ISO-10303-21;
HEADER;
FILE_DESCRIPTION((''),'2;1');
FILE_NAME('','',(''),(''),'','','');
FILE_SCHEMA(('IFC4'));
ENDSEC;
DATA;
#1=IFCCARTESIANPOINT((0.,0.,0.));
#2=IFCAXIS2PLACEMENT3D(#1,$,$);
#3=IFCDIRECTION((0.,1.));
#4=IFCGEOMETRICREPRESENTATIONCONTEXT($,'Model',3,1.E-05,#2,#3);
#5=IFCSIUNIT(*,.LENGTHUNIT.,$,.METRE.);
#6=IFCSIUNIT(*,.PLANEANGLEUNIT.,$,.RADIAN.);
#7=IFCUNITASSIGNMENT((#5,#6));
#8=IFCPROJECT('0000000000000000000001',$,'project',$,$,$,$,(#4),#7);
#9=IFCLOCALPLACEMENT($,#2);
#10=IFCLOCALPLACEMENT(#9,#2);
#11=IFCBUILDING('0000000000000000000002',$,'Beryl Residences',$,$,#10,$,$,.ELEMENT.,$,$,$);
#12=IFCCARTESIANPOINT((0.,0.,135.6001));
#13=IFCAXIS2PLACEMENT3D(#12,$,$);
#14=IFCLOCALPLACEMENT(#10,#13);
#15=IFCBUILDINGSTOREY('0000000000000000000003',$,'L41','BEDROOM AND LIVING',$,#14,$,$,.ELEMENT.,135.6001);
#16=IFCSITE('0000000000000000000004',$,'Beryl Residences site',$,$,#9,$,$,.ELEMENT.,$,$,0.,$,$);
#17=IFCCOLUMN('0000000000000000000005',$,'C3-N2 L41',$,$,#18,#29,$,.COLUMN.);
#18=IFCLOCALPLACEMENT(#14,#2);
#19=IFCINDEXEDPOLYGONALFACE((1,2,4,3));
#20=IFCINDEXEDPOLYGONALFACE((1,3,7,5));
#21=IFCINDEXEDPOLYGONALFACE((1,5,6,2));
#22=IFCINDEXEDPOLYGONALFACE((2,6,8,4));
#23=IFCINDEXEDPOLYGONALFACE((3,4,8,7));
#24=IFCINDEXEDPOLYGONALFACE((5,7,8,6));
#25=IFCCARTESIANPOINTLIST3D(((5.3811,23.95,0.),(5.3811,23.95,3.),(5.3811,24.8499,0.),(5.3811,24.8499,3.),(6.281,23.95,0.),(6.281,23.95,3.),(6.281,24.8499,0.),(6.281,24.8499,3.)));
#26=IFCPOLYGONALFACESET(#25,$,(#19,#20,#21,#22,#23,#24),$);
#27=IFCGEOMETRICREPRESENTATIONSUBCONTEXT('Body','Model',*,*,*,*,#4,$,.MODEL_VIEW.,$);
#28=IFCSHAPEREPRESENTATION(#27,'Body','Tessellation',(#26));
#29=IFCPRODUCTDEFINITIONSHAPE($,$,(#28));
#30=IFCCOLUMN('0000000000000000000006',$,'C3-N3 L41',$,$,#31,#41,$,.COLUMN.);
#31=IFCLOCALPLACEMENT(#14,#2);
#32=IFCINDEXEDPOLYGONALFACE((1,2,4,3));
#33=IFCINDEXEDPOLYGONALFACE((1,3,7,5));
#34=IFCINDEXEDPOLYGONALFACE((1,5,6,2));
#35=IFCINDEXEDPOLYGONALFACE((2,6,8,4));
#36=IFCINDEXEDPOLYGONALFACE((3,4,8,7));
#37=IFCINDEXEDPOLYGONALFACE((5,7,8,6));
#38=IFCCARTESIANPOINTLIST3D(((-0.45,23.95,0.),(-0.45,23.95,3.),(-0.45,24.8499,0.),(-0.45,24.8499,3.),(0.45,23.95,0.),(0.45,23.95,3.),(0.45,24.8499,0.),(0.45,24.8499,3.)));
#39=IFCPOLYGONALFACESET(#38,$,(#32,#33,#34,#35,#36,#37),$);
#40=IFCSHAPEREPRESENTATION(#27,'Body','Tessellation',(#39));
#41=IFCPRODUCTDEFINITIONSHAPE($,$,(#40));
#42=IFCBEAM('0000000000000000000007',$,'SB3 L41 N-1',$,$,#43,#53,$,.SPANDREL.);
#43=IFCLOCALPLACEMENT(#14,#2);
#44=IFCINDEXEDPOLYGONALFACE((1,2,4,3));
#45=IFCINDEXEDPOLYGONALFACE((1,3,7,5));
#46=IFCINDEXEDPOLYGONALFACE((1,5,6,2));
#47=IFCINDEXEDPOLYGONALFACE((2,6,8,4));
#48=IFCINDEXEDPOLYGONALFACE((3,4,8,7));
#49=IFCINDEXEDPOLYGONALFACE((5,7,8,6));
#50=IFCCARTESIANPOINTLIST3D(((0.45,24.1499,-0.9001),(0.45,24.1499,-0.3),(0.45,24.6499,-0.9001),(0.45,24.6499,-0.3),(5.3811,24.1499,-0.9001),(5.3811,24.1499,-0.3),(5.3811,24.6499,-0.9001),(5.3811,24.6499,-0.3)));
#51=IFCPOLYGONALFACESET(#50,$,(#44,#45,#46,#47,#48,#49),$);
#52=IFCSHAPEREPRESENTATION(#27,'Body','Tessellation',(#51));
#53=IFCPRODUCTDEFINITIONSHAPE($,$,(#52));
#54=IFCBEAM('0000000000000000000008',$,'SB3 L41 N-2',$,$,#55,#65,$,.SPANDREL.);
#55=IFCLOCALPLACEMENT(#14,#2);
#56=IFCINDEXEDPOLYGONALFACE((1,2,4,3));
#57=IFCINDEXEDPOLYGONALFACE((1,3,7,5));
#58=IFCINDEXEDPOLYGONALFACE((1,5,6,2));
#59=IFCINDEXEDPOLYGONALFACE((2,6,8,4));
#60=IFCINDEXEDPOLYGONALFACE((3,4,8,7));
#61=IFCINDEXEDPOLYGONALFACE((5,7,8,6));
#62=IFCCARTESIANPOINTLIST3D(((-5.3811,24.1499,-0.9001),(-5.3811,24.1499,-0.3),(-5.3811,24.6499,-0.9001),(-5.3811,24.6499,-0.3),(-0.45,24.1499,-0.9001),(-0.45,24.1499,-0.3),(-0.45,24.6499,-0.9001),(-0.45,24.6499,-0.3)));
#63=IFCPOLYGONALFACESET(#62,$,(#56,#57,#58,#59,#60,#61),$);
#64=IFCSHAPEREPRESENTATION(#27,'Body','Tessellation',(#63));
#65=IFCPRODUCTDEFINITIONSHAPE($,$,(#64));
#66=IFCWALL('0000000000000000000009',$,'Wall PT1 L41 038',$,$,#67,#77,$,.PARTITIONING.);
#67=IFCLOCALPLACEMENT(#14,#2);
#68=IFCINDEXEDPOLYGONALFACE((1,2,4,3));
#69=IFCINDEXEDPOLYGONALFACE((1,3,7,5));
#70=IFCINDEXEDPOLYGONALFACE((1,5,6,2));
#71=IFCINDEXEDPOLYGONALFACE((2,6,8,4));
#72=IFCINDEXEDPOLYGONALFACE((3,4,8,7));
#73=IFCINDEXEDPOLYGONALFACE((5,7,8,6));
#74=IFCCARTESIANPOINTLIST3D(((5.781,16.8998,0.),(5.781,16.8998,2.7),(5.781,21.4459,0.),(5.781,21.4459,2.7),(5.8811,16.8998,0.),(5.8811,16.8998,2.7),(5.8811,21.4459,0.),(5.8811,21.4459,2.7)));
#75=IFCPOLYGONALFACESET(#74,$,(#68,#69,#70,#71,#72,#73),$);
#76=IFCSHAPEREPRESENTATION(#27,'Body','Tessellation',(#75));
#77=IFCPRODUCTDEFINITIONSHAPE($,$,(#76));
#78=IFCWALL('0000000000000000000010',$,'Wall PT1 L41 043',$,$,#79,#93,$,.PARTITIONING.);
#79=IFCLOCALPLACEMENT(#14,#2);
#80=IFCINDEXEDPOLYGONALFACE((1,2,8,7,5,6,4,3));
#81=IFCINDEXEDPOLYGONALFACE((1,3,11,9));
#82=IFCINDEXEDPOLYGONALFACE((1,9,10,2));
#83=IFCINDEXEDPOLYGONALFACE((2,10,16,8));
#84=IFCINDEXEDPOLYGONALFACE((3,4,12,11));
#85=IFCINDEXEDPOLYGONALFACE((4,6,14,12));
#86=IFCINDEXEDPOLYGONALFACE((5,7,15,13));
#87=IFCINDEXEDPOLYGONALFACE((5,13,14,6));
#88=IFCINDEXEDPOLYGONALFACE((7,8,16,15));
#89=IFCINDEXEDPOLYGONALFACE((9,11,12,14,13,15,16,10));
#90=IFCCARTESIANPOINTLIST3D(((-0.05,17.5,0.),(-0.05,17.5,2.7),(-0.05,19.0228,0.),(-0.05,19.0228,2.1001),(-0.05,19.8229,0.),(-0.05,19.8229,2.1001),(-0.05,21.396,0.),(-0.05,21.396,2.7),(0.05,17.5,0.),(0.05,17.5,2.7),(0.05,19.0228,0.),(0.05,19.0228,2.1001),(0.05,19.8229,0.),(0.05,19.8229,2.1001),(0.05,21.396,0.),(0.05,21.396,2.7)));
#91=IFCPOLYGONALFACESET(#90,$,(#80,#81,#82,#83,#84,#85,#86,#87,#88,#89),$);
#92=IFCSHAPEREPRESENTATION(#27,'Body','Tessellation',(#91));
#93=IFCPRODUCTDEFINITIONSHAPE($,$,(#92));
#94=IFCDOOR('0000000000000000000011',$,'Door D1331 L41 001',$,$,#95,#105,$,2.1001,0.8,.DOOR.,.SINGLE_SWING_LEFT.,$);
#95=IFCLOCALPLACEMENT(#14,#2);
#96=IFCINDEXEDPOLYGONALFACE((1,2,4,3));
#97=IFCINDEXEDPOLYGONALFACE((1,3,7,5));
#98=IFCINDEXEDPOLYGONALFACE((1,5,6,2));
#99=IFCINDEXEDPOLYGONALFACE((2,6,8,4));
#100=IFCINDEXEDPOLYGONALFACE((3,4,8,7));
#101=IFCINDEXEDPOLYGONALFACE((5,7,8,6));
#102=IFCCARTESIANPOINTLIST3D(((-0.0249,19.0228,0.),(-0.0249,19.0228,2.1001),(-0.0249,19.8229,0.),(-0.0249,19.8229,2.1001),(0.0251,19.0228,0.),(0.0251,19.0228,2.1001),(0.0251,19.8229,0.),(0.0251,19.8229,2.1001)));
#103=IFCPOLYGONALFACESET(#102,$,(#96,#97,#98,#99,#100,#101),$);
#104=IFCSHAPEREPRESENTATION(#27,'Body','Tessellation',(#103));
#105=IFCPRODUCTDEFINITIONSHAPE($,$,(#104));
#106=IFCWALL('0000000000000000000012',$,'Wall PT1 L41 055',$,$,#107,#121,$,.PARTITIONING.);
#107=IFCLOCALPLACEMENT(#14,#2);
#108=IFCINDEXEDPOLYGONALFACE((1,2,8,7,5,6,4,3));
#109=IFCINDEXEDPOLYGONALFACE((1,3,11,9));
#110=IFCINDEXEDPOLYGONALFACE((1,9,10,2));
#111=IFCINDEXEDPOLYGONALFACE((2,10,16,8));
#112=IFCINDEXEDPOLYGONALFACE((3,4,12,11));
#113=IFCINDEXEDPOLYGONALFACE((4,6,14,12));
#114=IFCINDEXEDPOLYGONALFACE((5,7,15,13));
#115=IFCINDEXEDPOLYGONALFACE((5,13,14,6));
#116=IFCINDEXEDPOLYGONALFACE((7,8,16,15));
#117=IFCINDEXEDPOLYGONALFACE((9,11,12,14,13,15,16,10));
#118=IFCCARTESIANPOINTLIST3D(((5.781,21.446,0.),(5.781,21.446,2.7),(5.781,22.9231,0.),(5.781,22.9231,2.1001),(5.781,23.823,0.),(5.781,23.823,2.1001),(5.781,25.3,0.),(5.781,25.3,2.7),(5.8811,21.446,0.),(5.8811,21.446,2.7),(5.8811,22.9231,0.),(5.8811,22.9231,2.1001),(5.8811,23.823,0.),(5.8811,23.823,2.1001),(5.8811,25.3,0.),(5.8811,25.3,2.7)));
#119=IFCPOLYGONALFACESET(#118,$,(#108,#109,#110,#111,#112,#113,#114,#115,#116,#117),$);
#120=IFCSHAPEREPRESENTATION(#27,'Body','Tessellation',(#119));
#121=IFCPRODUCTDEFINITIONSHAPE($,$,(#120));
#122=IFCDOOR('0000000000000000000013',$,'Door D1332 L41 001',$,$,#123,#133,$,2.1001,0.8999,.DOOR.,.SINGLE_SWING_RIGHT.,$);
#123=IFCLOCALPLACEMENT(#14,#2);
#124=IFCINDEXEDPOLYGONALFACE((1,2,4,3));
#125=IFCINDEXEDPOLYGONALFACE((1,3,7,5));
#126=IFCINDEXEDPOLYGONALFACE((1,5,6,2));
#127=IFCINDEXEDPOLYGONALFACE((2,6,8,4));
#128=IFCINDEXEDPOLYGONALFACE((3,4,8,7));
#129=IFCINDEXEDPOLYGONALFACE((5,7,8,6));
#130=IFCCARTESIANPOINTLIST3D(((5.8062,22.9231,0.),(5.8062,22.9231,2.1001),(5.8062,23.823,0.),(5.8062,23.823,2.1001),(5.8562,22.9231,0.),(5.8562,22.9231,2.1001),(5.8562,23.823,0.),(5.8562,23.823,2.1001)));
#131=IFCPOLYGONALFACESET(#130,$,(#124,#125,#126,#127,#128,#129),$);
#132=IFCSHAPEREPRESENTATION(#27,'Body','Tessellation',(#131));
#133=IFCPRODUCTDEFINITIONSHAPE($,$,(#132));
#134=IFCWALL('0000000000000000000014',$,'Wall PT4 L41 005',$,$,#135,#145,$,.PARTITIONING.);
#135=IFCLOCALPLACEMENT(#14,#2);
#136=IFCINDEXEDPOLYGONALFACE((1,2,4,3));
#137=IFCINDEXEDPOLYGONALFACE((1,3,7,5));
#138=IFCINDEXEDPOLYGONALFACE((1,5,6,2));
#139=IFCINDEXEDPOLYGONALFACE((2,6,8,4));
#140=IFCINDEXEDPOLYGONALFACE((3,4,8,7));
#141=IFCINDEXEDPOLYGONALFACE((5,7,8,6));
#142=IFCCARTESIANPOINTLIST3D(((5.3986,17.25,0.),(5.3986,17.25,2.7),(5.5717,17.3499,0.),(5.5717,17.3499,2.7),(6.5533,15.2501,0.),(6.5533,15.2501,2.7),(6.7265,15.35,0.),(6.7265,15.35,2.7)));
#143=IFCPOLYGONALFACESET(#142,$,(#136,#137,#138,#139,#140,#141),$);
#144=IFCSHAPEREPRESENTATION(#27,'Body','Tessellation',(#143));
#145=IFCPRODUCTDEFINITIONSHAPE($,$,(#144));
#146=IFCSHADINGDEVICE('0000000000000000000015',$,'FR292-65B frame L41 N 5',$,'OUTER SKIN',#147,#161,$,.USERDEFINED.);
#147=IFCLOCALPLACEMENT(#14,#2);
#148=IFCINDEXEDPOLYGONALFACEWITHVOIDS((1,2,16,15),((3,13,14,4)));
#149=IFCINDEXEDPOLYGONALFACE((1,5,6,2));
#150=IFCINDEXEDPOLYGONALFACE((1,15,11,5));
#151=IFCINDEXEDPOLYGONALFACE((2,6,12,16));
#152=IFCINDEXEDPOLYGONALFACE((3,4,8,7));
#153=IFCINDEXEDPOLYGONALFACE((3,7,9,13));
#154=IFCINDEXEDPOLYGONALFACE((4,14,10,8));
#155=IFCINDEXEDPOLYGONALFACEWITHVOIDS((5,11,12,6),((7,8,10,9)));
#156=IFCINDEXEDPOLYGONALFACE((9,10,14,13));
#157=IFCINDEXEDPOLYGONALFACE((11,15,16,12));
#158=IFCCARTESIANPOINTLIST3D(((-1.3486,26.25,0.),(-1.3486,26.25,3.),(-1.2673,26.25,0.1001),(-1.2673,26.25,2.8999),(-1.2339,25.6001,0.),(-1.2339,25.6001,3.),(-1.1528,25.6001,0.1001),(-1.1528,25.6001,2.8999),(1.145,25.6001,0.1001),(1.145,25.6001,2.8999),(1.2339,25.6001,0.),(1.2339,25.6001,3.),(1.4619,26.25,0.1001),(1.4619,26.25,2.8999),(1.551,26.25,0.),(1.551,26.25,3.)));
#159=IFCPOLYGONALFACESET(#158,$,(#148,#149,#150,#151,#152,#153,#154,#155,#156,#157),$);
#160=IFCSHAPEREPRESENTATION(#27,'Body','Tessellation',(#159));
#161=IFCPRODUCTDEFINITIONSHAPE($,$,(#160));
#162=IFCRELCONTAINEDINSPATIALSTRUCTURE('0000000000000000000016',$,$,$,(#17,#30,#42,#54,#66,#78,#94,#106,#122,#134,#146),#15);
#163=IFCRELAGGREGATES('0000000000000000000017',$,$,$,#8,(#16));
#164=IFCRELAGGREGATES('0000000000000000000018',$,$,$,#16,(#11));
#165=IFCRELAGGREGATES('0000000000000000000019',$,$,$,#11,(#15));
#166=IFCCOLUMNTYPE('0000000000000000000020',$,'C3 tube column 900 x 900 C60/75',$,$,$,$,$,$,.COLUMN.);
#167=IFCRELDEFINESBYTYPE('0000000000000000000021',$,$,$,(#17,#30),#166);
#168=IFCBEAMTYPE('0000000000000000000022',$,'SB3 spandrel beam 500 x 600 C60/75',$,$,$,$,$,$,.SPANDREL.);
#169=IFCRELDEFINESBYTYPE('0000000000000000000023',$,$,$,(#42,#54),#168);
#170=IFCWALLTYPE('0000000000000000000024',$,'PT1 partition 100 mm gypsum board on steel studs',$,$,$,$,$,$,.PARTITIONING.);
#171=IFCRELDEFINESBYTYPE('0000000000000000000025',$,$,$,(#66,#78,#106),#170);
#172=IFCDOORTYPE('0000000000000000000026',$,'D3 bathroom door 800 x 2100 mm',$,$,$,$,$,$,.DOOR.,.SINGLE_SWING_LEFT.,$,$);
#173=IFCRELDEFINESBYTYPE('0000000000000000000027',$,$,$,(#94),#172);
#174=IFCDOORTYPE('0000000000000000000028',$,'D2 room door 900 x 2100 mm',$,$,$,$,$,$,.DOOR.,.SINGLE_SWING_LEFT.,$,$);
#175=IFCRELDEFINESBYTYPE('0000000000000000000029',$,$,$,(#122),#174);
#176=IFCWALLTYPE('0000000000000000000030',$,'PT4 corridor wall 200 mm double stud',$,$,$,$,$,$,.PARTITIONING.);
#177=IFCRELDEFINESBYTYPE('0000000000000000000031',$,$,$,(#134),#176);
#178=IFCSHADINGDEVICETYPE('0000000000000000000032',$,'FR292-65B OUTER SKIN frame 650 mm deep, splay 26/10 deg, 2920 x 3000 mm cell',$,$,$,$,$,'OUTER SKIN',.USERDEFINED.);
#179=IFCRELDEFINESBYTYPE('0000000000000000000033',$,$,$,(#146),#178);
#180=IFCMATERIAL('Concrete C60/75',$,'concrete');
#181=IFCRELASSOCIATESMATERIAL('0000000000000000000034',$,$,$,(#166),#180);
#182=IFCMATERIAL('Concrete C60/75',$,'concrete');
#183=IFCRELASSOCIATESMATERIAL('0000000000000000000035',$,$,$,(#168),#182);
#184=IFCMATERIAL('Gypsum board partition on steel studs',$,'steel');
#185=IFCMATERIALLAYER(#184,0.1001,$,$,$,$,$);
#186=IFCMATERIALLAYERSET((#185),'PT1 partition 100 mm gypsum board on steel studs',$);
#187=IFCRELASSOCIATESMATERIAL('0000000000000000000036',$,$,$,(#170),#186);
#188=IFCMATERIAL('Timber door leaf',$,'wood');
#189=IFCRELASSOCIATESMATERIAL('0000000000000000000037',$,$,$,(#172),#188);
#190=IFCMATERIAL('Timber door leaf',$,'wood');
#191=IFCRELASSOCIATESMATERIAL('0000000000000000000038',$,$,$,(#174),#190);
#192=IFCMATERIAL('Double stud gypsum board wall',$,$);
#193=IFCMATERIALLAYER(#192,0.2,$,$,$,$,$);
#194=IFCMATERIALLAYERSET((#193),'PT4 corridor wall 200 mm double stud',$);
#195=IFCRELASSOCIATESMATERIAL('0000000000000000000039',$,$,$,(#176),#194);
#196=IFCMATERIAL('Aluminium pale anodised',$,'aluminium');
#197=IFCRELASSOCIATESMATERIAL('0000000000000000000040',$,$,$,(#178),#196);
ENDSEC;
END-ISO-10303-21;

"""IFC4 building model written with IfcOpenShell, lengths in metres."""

from ifc_helpers import new_model, entity, si_unit, direction, frame, frame_2d, origin, origin_2d, place, context, subcontext, project, spatial, rectangle, extrude, source, transform, mapped, material, layer, layer_set, material_profile, profile_set, type_object, type_shapes, element, fill, save


model = new_model("IFC4")

# Units and contexts
model_context = context("Model", 3, precision=1e-05, world=origin(), true_north=direction((0.0, 1.0)))
body_context = subcontext(model_context, "Body", "Model", "MODEL_VIEW")
ifc_project = project(units=[si_unit("LENGTHUNIT", "METRE"), si_unit("PLANEANGLEUNIT", "RADIAN")], contexts=[model_context])

# Site, building, storey
site_placement = place(None, origin())
site = spatial("IfcSite", under=ifc_project, at=site_placement, Name="Beryl Residences site", CompositionType="ELEMENT", RefElevation=0.0)
building_placement = place(site_placement, origin())
building = spatial("IfcBuilding", under=site, at=building_placement, Name="Beryl Residences", CompositionType="ELEMENT")
storey_placement = place(building_placement, frame((0.0, 0.0, 135.6001)))
storey = spatial("IfcBuildingStorey", under=building, at=storey_placement, Name="L41", Description="BEDROOM AND LIVING", CompositionType="ELEMENT", Elevation=135.6001)

# Columns
ifc_material_1 = material(Name="Concrete C60/75", Category="concrete")
ifc_material_profile_1 = material_profile(ifc_material_1, rectangle(XDim=0.8999, YDim=0.8999, at=origin_2d()))
ifc_profile_set_1 = profile_set([ifc_material_profile_1], Name="Concrete C60/75")
column_type = type_object("IfcColumnType", Name="C3 tube column 900 x 900 C60/75", PredefinedType="COLUMN", material=ifc_profile_set_1)
for number, where, z_axis, x_axis, name in (
    (1, (5.8311, 24.3999, 0.0), (0.0, 0.0, 1.0), (-1.0, 0.0, 0.0), "C3-N2 L41"),
    (2, (0.0, 24.3999, 0.0), (0.0, 0.0, 1.0), (-1.0, 0.0, 0.0), "C3-N3 L41"),
):
    element("IfcColumn", number, at=place(storey_placement, frame(where, z_axis=z_axis, x_axis=x_axis)), inside=storey, type_object=column_type, Name=name, PredefinedType="COLUMN", context=body_context, shape_type="SweptSolid", body=[
        extrude(rectangle(XDim=0.8999, YDim=0.8999, at=origin_2d()), origin(), (0.0, 0.0, 1.0), 3.0),
    ])

# Beams
ifc_material_2 = material(Name="Concrete C60/75", Category="concrete")
ifc_material_profile_2 = material_profile(ifc_material_2, rectangle(XDim=0.5, YDim=0.6001, at=origin_2d()))
ifc_profile_set_2 = profile_set([ifc_material_profile_2], Name="Concrete C60/75")
beam_type = type_object("IfcBeamType", Name="SB3 spandrel beam 500 x 600 C60/75", PredefinedType="SPANDREL", material=ifc_profile_set_2)
for number, where, z_axis, x_axis, name in (
    (3, (5.3811, 24.3999, -0.6001), (-1.0, 0.0, 0.0), (0.0, -1.0, 0.0), "SB3 L41 N-1"),
    (4, (-0.45, 24.3999, -0.6001), (-1.0, 0.0, 0.0), (0.0, -1.0, 0.0), "SB3 L41 N-2"),
):
    element("IfcBeam", number, at=place(storey_placement, frame(where, z_axis=z_axis, x_axis=x_axis)), inside=storey, type_object=beam_type, Name=name, PredefinedType="SPANDREL", context=body_context, shape_type="SweptSolid", body=[
        extrude(rectangle(XDim=0.5, YDim=0.6001, at=origin_2d()), origin(), (0.0, 0.0, 1.0), 4.9312),
    ])

# Wall
ifc_material_3 = material(Name="Gypsum board partition on steel studs", Category="steel")
ifc_layer_1 = layer(ifc_material_3, 0.1001)
ifc_layer_set_1 = layer_set([ifc_layer_1], Name="PT1 partition 100 mm gypsum board on steel studs")
wall_type_1 = type_object("IfcWallType", Name="PT1 partition 100 mm gypsum board on steel studs", PredefinedType="PARTITIONING", material=ifc_layer_set_1)
wall_1_placement = place(storey_placement, frame((5.8311, 16.8999, 0.0), z_axis=(0.0, 0.0, 1.0), x_axis=(0.0, 1.0, 0.0)))
element("IfcWall", 5, at=wall_1_placement, inside=storey, type_object=wall_type_1, Name="Wall PT1 L41 038", PredefinedType="PARTITIONING", context=body_context, shape_type="SweptSolid", body=[
    extrude(rectangle(XDim=4.5461, YDim=0.1001, at=frame_2d((2.2729, 0.0))), origin(), (0.0, 0.0, 1.0), 2.7),
])

# Walls, openings, doors
wall_2_placement = place(storey_placement, frame((0.0, 17.5, 0.0), z_axis=(0.0, 0.0, 1.0), x_axis=(0.0, 1.0, 0.0)))
wall_2 = element("IfcWall", 6, at=wall_2_placement, inside=storey, type_object=wall_type_1, Name="Wall PT1 L41 043", PredefinedType="PARTITIONING", context=body_context, shape_type="SweptSolid", body=[
    extrude(rectangle(XDim=3.896, YDim=0.1001, at=frame_2d((1.948, 0.0))), origin(), (0.0, 0.0, 1.0), 2.7),
])
opening_1_placement = place(wall_2_placement, frame((1.5229, 0.0, 0.0)))
opening_1 = element("IfcOpeningElement", 7, at=opening_1_placement, cuts=wall_2, PredefinedType="OPENING", context=body_context, shape_type="SweptSolid", body=[
    extrude(rectangle(XDim=0.8, YDim=2.1001, at=frame_2d((0.3999, 1.05))), frame((0.0, 0.0601, 0.0), z_axis=(0.0, -1.0, 0.0), x_axis=(1.0, 0.0, 0.0)), (0.0, 0.0, 1.0), 0.1201),
])
ifc_material_4 = material(Name="Timber door leaf", Category="wood")
door_type_1 = type_object("IfcDoorType", Name="D3 bathroom door 800 x 2100 mm", OperationType="SINGLE_SWING_LEFT", PredefinedType="DOOR", material=ifc_material_4)
door_1_placement = place(opening_1_placement, origin())
door_1 = element("IfcDoor", 8, at=door_1_placement, inside=storey, type_object=door_type_1, Name="Door D1331 L41 001", OperationType="SINGLE_SWING_LEFT", OverallHeight=2.1001, OverallWidth=0.8, PredefinedType="DOOR", context=body_context, shape_type="SweptSolid", body=[
    extrude(rectangle(XDim=0.8, YDim=2.1001, at=frame_2d((0.3999, 1.05))), frame((0.0, 0.0249, 0.0), z_axis=(0.0, -1.0, 0.0), x_axis=(1.0, 0.0, 0.0)), (0.0, 0.0, 1.0), 0.05),
])
fill(opening_1, door_1)
wall_3_placement = place(storey_placement, frame((5.8311, 21.446, 0.0), z_axis=(0.0, 0.0, 1.0), x_axis=(0.0, 1.0, 0.0)))
wall_3 = element("IfcWall", 9, at=wall_3_placement, inside=storey, type_object=wall_type_1, Name="Wall PT1 L41 055", PredefinedType="PARTITIONING", context=body_context, shape_type="SweptSolid", body=[
    extrude(rectangle(XDim=3.854, YDim=0.1001, at=frame_2d((1.927, 0.0))), origin(), (0.0, 0.0, 1.0), 2.7),
])
opening_2_placement = place(wall_3_placement, frame((1.4771, 0.0, 0.0)))
opening_2 = element("IfcOpeningElement", 10, at=opening_2_placement, cuts=wall_3, PredefinedType="OPENING", context=body_context, shape_type="SweptSolid", body=[
    extrude(rectangle(XDim=0.8999, YDim=2.1001, at=frame_2d((0.45, 1.05))), frame((0.0, 0.0601, 0.0), z_axis=(0.0, -1.0, 0.0), x_axis=(1.0, 0.0, 0.0)), (0.0, 0.0, 1.0), 0.1201),
])
ifc_material_5 = material(Name="Timber door leaf", Category="wood")
door_type_2 = type_object("IfcDoorType", Name="D2 room door 900 x 2100 mm", OperationType="SINGLE_SWING_LEFT", PredefinedType="DOOR", material=ifc_material_5)
door_2_placement = place(opening_2_placement, origin())
door_2 = element("IfcDoor", 11, at=door_2_placement, inside=storey, type_object=door_type_2, Name="Door D1332 L41 001", OperationType="SINGLE_SWING_RIGHT", OverallHeight=2.1001, OverallWidth=0.8999, PredefinedType="DOOR", context=body_context, shape_type="SweptSolid", body=[
    extrude(rectangle(XDim=0.8999, YDim=2.1001, at=frame_2d((0.45, 1.05))), frame((0.0, 0.0249, 0.0), z_axis=(0.0, -1.0, 0.0), x_axis=(1.0, 0.0, 0.0)), (0.0, 0.0, 1.0), 0.05),
])
fill(opening_2, door_2)

# Wall
ifc_material_6 = material(Name="Double stud gypsum board wall")
ifc_layer_2 = layer(ifc_material_6, 0.2)
ifc_layer_set_2 = layer_set([ifc_layer_2], Name="PT4 corridor wall 200 mm double stud")
wall_type_2 = type_object("IfcWallType", Name="PT4 corridor wall 200 mm double stud", PredefinedType="PARTITIONING", material=ifc_layer_set_2)
wall_4_placement = place(storey_placement, frame((5.4851, 17.3, 0.0), z_axis=(0.0, 0.0, 1.0), x_axis=(0.500027, -0.86601, 0.0)))
element("IfcWall", 12, at=wall_4_placement, inside=storey, type_object=wall_type_2, Name="Wall PT4 L41 005", PredefinedType="PARTITIONING", context=body_context, shape_type="SweptSolid", body=[
    extrude(rectangle(XDim=2.3093, YDim=0.2, at=frame_2d((1.1548, 0.0))), origin(), (0.0, 0.0, 1.0), 2.7),
])

# Shading device
ifc_material_7 = material(Name="Aluminium pale anodised", Category="aluminium")
shading_device_type = type_object("IfcShadingDeviceType", Name="FR292-65B OUTER SKIN frame 650 mm deep, splay 26/10 deg, 2920 x 3000 mm cell", ElementType="OUTER SKIN", PredefinedType="USERDEFINED", material=ifc_material_7)
cartesian_point_1 = entity("IfcCartesianPoint", [-1.2339, 0.0])
cartesian_point_2 = entity("IfcCartesianPoint", [-1.145, 0.1001])
cartesian_point_3 = entity("IfcCartesianPoint", [-1.551, 0.0])
cartesian_point_4 = entity("IfcCartesianPoint", [-1.4619, 0.1001])
shared_shape = source(origin(), body_context, "Body", "SweptSolid", [
    entity("IfcExtrudedAreaSolidTapered", entity("IfcArbitraryProfileDefWithVoids", "AREA", None, entity("IfcPolyline", [cartesian_point_1, entity("IfcCartesianPoint", [1.2339, 0.0]), entity("IfcCartesianPoint", [1.2339, 3.0]), entity("IfcCartesianPoint", [-1.2339, 3.0]), cartesian_point_1]), [entity("IfcPolyline", [cartesian_point_2, entity("IfcCartesianPoint", [1.1528, 0.1001]), entity("IfcCartesianPoint", [1.1528, 2.8999]), entity("IfcCartesianPoint", [-1.145, 2.8999]), cartesian_point_2])]), entity("IfcAxis2Placement3D", entity("IfcCartesianPoint", [0.0, 0.0, 0.0]), entity("IfcDirection", [0.0, 1.0, 0.0]), entity("IfcDirection", [-1.0, 0.0, 0.0])), entity("IfcDirection", [0.0, 0.0, 1.0]), 0.6499, entity("IfcArbitraryProfileDefWithVoids", "AREA", None, entity("IfcPolyline", [cartesian_point_3, entity("IfcCartesianPoint", [1.3486, 0.0]), entity("IfcCartesianPoint", [1.3486, 3.0]), entity("IfcCartesianPoint", [-1.551, 3.0]), cartesian_point_3]), [entity("IfcPolyline", [cartesian_point_4, entity("IfcCartesianPoint", [1.2673, 0.1001]), entity("IfcCartesianPoint", [1.2673, 2.8999]), entity("IfcCartesianPoint", [-1.4619, 2.8999]), cartesian_point_4])])),
])
type_shapes(shading_device_type, [shared_shape])
for number, where, z_axis, x_axis, name in (
    (13, (0.0, 25.6001, 0.0), (0.0, 0.0, 1.0), (1.0, 0.0, 0.0), "FR292-65B frame L41 N 5"),
):
    element("IfcShadingDevice", number, at=place(storey_placement, frame(where, z_axis=z_axis, x_axis=x_axis)), inside=storey, type_object=shading_device_type, Name=name, ObjectType="OUTER SKIN", PredefinedType="USERDEFINED", context=body_context, shape_type="MappedRepresentation", body=[
        mapped(shared_shape, transform((0.0, 0.0, 0.0))),
    ])

save(model, "model.ifc")
